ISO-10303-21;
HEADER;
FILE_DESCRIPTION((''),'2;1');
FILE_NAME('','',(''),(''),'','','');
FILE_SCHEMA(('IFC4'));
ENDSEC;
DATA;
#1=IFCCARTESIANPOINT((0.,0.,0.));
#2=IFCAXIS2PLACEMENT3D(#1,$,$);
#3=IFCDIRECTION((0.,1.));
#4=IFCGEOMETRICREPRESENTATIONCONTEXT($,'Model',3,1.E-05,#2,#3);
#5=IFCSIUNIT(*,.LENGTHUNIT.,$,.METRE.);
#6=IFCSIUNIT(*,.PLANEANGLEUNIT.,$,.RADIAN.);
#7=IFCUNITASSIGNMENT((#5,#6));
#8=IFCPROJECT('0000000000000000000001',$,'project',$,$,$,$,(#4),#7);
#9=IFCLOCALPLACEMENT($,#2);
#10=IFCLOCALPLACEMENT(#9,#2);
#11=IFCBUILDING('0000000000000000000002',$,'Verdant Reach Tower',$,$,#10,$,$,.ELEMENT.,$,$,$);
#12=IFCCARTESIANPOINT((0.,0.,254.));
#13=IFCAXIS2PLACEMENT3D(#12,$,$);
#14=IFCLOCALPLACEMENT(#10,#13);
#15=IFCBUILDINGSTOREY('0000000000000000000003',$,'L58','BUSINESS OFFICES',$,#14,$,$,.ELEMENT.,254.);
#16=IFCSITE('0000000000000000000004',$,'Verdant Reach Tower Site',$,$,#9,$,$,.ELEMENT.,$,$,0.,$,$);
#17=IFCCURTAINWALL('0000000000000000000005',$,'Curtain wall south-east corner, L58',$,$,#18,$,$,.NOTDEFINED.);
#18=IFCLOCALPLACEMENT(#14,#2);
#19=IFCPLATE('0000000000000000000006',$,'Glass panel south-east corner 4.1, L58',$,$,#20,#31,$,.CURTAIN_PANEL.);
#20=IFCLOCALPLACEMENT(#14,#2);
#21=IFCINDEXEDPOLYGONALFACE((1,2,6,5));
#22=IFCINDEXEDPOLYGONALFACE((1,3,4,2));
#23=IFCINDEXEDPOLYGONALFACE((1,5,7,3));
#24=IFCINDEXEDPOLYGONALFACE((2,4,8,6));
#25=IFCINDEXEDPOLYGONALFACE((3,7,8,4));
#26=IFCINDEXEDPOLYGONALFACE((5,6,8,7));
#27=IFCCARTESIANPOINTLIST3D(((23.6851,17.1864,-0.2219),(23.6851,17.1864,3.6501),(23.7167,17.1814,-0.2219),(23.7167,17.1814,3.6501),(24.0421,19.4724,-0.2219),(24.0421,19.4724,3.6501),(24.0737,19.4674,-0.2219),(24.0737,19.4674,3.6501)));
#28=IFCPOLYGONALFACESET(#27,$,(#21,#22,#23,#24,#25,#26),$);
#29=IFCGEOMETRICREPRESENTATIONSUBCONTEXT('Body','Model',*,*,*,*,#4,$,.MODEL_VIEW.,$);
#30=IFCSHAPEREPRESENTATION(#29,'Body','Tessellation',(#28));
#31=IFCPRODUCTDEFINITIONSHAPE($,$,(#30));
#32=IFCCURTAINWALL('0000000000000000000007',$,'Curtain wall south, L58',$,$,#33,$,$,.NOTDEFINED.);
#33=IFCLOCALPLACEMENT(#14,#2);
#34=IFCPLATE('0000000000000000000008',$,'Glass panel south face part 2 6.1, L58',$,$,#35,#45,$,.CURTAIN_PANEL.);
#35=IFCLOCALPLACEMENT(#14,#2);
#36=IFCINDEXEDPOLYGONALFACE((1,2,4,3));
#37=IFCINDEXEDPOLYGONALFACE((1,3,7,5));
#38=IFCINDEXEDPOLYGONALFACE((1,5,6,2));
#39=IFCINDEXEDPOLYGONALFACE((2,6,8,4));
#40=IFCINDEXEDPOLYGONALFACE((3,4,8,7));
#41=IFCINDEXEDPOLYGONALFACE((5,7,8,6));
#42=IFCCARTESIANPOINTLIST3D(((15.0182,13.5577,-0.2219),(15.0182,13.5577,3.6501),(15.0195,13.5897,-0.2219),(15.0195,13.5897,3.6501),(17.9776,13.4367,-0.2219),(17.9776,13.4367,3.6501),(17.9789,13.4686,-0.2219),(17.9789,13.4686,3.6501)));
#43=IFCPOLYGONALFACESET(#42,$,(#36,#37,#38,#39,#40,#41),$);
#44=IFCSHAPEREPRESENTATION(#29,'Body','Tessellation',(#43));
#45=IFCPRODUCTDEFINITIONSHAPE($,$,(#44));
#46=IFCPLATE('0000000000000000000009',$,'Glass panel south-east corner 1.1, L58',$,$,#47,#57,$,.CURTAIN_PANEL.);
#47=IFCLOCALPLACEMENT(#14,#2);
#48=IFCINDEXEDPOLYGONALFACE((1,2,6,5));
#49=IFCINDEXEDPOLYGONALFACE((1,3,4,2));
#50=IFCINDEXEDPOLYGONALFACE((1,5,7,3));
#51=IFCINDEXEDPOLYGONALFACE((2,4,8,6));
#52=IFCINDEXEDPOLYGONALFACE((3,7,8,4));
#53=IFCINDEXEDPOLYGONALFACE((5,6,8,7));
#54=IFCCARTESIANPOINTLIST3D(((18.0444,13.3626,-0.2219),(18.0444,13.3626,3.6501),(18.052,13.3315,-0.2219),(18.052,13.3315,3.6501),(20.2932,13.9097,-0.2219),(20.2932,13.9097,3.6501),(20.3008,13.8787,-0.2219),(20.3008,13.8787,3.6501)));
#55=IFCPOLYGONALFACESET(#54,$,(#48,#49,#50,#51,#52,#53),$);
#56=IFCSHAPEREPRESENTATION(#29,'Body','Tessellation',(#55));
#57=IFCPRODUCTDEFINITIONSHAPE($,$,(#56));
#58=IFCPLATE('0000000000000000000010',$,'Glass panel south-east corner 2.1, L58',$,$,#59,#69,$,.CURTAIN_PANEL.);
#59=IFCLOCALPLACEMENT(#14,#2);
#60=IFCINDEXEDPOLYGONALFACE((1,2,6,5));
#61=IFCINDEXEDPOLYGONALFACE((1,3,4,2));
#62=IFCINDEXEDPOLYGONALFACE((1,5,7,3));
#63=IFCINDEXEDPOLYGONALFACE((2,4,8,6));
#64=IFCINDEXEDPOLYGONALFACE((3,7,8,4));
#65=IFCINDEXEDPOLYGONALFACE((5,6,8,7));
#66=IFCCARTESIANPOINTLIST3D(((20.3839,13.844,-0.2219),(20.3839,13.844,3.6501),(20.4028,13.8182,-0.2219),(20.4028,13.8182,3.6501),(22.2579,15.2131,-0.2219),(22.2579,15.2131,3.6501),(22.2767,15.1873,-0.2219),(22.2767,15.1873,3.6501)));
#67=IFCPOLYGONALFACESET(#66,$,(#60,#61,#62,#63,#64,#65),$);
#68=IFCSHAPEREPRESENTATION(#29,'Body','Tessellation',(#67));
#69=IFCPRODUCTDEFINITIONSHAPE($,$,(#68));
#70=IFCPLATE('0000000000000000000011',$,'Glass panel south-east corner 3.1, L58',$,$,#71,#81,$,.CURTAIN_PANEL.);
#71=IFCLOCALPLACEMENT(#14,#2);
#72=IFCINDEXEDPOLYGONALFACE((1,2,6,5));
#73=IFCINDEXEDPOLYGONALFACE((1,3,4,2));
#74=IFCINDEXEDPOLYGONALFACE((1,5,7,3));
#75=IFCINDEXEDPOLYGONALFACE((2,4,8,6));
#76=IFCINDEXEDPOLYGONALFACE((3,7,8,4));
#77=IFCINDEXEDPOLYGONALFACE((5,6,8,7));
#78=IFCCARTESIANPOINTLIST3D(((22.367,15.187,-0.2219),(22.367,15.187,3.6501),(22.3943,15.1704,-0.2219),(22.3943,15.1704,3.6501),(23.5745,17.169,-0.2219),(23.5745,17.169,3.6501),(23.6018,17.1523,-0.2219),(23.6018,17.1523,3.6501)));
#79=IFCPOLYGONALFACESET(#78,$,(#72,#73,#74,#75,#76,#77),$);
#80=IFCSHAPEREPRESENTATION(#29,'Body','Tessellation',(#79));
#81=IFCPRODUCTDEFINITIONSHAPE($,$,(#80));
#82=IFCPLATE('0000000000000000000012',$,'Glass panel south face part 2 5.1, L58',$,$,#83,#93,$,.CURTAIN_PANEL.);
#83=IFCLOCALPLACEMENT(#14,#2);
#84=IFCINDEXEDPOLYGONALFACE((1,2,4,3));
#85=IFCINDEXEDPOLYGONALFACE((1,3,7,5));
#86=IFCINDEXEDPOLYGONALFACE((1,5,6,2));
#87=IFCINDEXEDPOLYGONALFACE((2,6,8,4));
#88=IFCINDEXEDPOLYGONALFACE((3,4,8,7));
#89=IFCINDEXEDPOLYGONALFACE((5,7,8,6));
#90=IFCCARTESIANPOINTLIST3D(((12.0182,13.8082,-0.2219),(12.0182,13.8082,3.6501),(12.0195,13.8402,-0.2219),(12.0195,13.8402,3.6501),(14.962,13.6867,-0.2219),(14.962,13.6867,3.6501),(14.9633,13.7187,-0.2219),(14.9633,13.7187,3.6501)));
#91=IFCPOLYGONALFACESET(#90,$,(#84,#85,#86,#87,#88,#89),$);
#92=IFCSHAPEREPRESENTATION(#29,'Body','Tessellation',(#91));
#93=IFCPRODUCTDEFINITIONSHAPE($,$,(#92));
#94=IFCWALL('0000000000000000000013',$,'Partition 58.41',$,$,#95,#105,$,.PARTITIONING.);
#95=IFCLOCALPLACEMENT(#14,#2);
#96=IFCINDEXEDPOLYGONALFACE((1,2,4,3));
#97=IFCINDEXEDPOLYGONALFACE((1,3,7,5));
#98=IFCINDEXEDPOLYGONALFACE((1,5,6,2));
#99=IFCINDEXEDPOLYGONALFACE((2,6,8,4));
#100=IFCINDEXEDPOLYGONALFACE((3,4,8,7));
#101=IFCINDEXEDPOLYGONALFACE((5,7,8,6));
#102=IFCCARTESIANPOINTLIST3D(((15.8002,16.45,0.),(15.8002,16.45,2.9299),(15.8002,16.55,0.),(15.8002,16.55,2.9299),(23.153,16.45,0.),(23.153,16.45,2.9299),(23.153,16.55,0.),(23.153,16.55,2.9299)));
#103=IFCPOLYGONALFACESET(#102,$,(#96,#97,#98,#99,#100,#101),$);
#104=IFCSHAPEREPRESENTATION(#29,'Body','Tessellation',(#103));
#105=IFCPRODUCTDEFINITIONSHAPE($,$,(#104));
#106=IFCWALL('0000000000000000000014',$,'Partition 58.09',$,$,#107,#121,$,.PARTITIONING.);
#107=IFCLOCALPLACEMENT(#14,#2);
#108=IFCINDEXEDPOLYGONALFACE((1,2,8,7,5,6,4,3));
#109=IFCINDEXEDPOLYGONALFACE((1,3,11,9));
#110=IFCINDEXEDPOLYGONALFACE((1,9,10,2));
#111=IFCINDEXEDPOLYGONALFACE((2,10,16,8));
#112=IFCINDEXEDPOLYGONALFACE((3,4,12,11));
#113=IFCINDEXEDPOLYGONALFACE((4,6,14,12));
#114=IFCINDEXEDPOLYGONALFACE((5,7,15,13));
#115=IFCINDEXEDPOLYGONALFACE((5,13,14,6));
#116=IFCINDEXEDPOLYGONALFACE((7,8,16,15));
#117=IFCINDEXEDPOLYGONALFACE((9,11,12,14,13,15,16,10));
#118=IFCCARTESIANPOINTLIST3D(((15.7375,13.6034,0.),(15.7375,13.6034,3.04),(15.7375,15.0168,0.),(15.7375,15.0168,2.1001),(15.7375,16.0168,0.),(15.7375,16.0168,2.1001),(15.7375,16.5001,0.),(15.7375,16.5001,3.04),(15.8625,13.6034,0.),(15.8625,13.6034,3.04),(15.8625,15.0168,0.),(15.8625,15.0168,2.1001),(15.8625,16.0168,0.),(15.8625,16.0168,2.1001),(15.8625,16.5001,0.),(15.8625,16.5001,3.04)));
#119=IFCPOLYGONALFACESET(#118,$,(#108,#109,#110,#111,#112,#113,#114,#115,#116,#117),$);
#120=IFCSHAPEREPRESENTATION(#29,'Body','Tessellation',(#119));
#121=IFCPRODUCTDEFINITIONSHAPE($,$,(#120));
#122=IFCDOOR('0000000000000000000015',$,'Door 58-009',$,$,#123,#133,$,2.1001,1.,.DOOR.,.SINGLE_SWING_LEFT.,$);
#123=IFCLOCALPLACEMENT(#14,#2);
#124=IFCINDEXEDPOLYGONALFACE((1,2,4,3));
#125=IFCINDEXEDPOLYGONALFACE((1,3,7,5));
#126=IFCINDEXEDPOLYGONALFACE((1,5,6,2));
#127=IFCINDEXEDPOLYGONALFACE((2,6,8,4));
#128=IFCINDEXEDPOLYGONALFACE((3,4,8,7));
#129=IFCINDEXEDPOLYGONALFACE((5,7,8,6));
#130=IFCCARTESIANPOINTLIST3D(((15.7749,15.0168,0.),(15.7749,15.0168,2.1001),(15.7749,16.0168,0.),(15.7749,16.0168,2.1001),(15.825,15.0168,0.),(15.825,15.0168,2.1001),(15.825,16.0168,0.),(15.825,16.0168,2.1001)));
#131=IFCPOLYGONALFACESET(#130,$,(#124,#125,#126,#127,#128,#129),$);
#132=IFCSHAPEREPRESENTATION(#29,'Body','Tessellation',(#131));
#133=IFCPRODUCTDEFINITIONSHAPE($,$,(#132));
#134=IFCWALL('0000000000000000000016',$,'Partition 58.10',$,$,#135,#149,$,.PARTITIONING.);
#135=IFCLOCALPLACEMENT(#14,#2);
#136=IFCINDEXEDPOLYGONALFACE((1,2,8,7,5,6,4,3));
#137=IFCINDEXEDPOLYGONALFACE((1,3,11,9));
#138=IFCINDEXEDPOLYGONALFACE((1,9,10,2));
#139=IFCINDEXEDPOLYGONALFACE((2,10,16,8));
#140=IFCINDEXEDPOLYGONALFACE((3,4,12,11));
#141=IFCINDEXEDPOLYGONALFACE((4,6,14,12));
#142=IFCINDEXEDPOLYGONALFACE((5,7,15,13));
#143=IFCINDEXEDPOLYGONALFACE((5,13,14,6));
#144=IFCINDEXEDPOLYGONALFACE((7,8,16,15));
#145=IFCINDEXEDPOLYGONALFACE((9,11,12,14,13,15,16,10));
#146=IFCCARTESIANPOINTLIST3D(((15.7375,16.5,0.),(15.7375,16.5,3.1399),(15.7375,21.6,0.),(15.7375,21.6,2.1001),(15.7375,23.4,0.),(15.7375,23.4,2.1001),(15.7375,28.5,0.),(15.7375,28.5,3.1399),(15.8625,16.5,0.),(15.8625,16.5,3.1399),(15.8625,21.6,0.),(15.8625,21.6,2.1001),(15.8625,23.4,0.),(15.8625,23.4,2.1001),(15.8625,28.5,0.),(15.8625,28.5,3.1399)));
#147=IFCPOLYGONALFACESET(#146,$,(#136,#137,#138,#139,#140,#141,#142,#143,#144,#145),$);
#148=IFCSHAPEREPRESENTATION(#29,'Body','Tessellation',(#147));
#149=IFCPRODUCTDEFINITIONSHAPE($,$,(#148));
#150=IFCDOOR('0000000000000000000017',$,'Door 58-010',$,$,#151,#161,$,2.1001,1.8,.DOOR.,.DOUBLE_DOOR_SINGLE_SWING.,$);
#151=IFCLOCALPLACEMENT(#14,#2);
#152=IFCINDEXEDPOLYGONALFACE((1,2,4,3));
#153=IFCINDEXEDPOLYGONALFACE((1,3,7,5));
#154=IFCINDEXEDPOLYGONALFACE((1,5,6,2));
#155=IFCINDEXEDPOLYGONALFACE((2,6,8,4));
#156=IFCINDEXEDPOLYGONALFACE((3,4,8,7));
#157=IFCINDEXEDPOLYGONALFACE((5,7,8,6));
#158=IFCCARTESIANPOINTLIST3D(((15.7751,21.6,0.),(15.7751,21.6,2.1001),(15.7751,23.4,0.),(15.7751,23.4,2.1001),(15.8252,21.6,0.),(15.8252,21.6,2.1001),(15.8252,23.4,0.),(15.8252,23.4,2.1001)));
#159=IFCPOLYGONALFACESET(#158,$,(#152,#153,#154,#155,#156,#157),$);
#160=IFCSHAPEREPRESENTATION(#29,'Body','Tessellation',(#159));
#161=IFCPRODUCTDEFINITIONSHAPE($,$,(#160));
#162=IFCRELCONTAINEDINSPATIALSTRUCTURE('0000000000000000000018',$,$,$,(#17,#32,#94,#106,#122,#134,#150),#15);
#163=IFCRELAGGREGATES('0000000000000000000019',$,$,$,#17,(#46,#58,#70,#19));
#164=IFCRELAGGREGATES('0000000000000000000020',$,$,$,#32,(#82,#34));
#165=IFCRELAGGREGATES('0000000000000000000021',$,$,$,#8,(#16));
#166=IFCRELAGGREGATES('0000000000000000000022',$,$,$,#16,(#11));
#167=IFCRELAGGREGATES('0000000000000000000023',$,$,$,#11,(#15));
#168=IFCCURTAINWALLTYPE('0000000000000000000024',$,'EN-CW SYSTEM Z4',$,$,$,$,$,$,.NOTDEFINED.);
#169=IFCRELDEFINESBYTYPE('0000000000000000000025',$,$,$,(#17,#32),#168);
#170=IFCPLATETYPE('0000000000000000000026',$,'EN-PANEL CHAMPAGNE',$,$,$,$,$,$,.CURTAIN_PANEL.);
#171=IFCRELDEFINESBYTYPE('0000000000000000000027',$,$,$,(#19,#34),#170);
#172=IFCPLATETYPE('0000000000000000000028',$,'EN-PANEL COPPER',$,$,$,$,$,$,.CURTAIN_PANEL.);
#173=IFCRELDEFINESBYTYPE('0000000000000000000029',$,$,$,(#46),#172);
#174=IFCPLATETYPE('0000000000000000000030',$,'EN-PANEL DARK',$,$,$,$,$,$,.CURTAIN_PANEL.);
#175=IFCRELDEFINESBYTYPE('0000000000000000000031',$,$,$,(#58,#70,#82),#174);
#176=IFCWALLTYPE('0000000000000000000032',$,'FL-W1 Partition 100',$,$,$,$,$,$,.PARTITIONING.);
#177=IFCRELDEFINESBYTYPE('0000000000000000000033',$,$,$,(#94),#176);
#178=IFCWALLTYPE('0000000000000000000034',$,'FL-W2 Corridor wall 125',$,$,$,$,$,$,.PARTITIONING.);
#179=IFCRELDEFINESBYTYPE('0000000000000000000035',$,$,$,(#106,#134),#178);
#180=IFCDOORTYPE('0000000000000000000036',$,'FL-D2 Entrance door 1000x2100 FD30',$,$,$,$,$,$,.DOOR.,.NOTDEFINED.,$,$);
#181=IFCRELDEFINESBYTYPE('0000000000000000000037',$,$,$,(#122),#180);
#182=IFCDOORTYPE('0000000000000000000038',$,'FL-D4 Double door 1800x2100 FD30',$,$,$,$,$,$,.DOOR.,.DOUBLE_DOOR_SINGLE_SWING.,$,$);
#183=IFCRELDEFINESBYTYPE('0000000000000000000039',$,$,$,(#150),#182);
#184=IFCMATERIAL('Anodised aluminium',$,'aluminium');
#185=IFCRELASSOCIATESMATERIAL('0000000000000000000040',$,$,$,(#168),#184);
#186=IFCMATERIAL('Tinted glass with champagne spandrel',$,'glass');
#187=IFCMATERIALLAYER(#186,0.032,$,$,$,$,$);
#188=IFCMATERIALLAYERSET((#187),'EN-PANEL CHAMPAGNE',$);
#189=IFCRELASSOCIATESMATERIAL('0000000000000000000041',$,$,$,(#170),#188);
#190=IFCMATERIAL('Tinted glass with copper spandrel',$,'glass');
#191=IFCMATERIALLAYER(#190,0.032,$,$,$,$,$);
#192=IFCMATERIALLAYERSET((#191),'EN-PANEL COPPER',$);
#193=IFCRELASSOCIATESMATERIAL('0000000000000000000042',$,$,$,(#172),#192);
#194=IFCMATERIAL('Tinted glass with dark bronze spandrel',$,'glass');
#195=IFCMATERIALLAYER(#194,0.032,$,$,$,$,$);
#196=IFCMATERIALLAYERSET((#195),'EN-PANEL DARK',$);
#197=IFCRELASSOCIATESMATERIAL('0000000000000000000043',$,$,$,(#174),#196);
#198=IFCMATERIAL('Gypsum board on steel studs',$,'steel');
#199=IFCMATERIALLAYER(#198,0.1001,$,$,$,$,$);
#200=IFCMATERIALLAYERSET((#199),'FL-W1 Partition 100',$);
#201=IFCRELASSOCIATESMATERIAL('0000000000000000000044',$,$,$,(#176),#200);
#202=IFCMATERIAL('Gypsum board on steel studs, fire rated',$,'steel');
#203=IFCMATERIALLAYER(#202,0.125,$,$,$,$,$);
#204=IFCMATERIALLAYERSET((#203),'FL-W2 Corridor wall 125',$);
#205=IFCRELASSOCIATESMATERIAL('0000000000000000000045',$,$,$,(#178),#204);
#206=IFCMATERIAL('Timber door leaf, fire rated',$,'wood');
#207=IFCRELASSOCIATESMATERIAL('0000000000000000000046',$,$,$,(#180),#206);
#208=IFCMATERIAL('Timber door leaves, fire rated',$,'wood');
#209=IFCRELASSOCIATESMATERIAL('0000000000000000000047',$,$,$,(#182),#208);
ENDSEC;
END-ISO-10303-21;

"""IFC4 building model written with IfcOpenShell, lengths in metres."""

from ifc_helpers import new_model, si_unit, direction, frame, frame_2d, origin, origin_2d, place, context, subcontext, project, spatial, rectangle, extrude, material, layer, layer_set, type_object, element, fill, aggregate, save


model = new_model("IFC4")

# Units and contexts
model_context = context("Model", 3, precision=1e-05, world=origin(), true_north=direction((0.0, 1.0)))
body_context = subcontext(model_context, "Body", "Model", "MODEL_VIEW")
ifc_project = project(units=[si_unit("LENGTHUNIT", "METRE"), si_unit("PLANEANGLEUNIT", "RADIAN")], contexts=[model_context])

# Site, building, storey
site_placement = place(None, origin())
site = spatial("IfcSite", under=ifc_project, at=site_placement, Name="Verdant Reach Tower Site", CompositionType="ELEMENT", RefElevation=0.0)
building_placement = place(site_placement, origin())
building = spatial("IfcBuilding", under=site, at=building_placement, Name="Verdant Reach Tower", CompositionType="ELEMENT")
storey_placement = place(building_placement, frame((0.0, 0.0, 254.0)))
storey = spatial("IfcBuildingStorey", under=building, at=storey_placement, Name="L58", Description="BUSINESS OFFICES", CompositionType="ELEMENT", Elevation=254.0)

# Curtain walls, plates
ifc_material_1 = material(Name="Anodised aluminium", Category="aluminium")
curtain_wall_type = type_object("IfcCurtainWallType", Name="EN-CW SYSTEM Z4", PredefinedType="NOTDEFINED", material=ifc_material_1)
curtain_wall_1_placement = place(storey_placement, origin())
curtain_wall_1 = element("IfcCurtainWall", 1, at=curtain_wall_1_placement, inside=storey, type_object=curtain_wall_type, Name="Curtain wall south-east corner, L58", PredefinedType="NOTDEFINED")
ifc_material_2 = material(Name="Tinted glass with champagne spandrel", Category="glass")
ifc_layer_1 = layer(ifc_material_2, 0.032)
ifc_layer_set_1 = layer_set([ifc_layer_1], Name="EN-PANEL CHAMPAGNE")
plate_type_1 = type_object("IfcPlateType", Name="EN-PANEL CHAMPAGNE", PredefinedType="CURTAIN_PANEL", material=ifc_layer_set_1)
plate_1_placement = place(storey_placement, frame((23.8794, 18.3269, -0.2219), z_axis=(0.0, 0.0, 1.0), x_axis=(0.154325, 0.98802, 0.0)))
plate_1 = element("IfcPlate", 2, at=plate_1_placement, type_object=plate_type_1, Name="Glass panel south-east corner 4.1, L58", PredefinedType="CURTAIN_PANEL", context=body_context, shape_type="SweptSolid", body=[
    extrude(rectangle(XDim=2.3137, YDim=0.032, at=origin_2d()), origin(), (0.0, 0.0, 1.0), 3.8721),
])
curtain_wall_2_placement = place(storey_placement, origin())
curtain_wall_2 = element("IfcCurtainWall", 3, at=curtain_wall_2_placement, inside=storey, type_object=curtain_wall_type, Name="Curtain wall south, L58", PredefinedType="NOTDEFINED")
plate_2_placement = place(storey_placement, frame((16.4985, 13.5132, -0.2219), z_axis=(0.0, 0.0, 1.0), x_axis=(0.999164, -0.040881, 0.0)))
plate_2 = element("IfcPlate", 4, at=plate_2_placement, type_object=plate_type_1, Name="Glass panel south face part 2 6.1, L58", PredefinedType="CURTAIN_PANEL", context=body_context, shape_type="SweptSolid", body=[
    extrude(rectangle(XDim=2.9619, YDim=0.032, at=origin_2d()), origin(), (0.0, 0.0, 1.0), 3.8721),
])

# Plates
ifc_material_3 = material(Name="Tinted glass with copper spandrel", Category="glass")
ifc_layer_2 = layer(ifc_material_3, 0.032)
ifc_layer_set_2 = layer_set([ifc_layer_2], Name="EN-PANEL COPPER")
plate_type_2 = type_object("IfcPlateType", Name="EN-PANEL COPPER", PredefinedType="CURTAIN_PANEL", material=ifc_layer_set_2)
plate_3_placement = place(storey_placement, frame((19.1726, 13.6206, -0.2219), z_axis=(0.0, 0.0, 1.0), x_axis=(0.971652, 0.236414, 0.0)))
plate_3 = element("IfcPlate", 5, at=plate_3_placement, type_object=plate_type_2, Name="Glass panel south-east corner 1.1, L58", PredefinedType="CURTAIN_PANEL", context=body_context, shape_type="SweptSolid", body=[
    extrude(rectangle(XDim=2.3145, YDim=0.032, at=origin_2d()), origin(), (0.0, 0.0, 1.0), 3.8721),
])
ifc_material_4 = material(Name="Tinted glass with dark bronze spandrel", Category="glass")
ifc_layer_3 = layer(ifc_material_4, 0.032)
ifc_layer_set_3 = layer_set([ifc_layer_3], Name="EN-PANEL DARK")
plate_type_3 = type_object("IfcPlateType", Name="EN-PANEL DARK", PredefinedType="CURTAIN_PANEL", material=ifc_layer_set_3)
plate_4_placement = place(storey_placement, frame((21.3303, 14.5156, -0.2219), z_axis=(0.0, 0.0, 1.0), x_axis=(0.807457, 0.589927, 0.0)))
plate_4 = element("IfcPlate", 6, at=plate_4_placement, type_object=plate_type_3, Name="Glass panel south-east corner 2.1, L58", PredefinedType="CURTAIN_PANEL", context=body_context, shape_type="SweptSolid", body=[
    extrude(rectangle(XDim=2.3208, YDim=0.032, at=origin_2d()), origin(), (0.0, 0.0, 1.0), 3.8721),
])
plate_5_placement = place(storey_placement, frame((22.9844, 16.1697, -0.2219), z_axis=(0.0, 0.0, 1.0), x_axis=(0.520292, 0.853989, 0.0)))
plate_5 = element("IfcPlate", 7, at=plate_5_placement, type_object=plate_type_3, Name="Glass panel south-east corner 3.1, L58", PredefinedType="CURTAIN_PANEL", context=body_context, shape_type="SweptSolid", body=[
    extrude(rectangle(XDim=2.3208, YDim=0.032, at=origin_2d()), origin(), (0.0, 0.0, 1.0), 3.8721),
])
aggregate(curtain_wall_1, [plate_3, plate_4, plate_5, plate_1])
plate_6_placement = place(storey_placement, frame((13.4907, 13.7634, -0.2219), z_axis=(0.0, 0.0, 1.0), x_axis=(0.999149, -0.041242, 0.0)))
plate_6 = element("IfcPlate", 8, at=plate_6_placement, type_object=plate_type_3, Name="Glass panel south face part 2 5.1, L58", PredefinedType="CURTAIN_PANEL", context=body_context, shape_type="SweptSolid", body=[
    extrude(rectangle(XDim=2.9463, YDim=0.032, at=origin_2d()), origin(), (0.0, 0.0, 1.0), 3.8721),
])
aggregate(curtain_wall_2, [plate_6, plate_2])

# Wall
ifc_material_5 = material(Name="Gypsum board on steel studs", Category="steel")
ifc_layer_4 = layer(ifc_material_5, 0.1001)
ifc_layer_set_4 = layer_set([ifc_layer_4], Name="FL-W1 Partition 100")
wall_type_1 = type_object("IfcWallType", Name="FL-W1 Partition 100", PredefinedType="PARTITIONING", material=ifc_layer_set_4)
wall_1_placement = place(storey_placement, frame((23.1528, 16.5, 0.0), z_axis=(0.0, 0.0, 1.0), x_axis=(-1.0, 0.0, 0.0)))
element("IfcWall", 9, at=wall_1_placement, inside=storey, type_object=wall_type_1, Name="Partition 58.41", PredefinedType="PARTITIONING", context=body_context, shape_type="SweptSolid", body=[
    extrude(rectangle(XDim=7.3528, YDim=0.1001, at=frame_2d((3.6763, 0.0))), origin(), (0.0, 0.0, 1.0), 2.9299),
])

# Walls, openings, doors
ifc_material_6 = material(Name="Gypsum board on steel studs, fire rated", Category="steel")
ifc_layer_5 = layer(ifc_material_6, 0.125)
ifc_layer_set_5 = layer_set([ifc_layer_5], Name="FL-W2 Corridor wall 125")
wall_type_2 = type_object("IfcWallType", Name="FL-W2 Corridor wall 125", PredefinedType="PARTITIONING", material=ifc_layer_set_5)
wall_2_placement = place(storey_placement, frame((15.8, 16.5, 0.0), z_axis=(0.0, 0.0, 1.0), x_axis=(0.0, -1.0, 0.0)))
wall_2 = element("IfcWall", 10, at=wall_2_placement, inside=storey, type_object=wall_type_2, Name="Partition 58.09", PredefinedType="PARTITIONING", context=body_context, shape_type="SweptSolid", body=[
    extrude(rectangle(XDim=2.8967, YDim=0.125, at=frame_2d((1.4482, 0.0))), origin(), (0.0, 0.0, 1.0), 3.04),
])
opening_1_placement = place(wall_2_placement, frame((0.4832, 0.0, 0.0)))
opening_1 = element("IfcOpeningElement", 11, at=opening_1_placement, cuts=wall_2, PredefinedType="OPENING", context=body_context, shape_type="SweptSolid", body=[
    extrude(rectangle(XDim=1.0, YDim=2.1001, at=frame_2d((0.5, 1.05))), frame((0.0, 0.0725, 0.0), z_axis=(0.0, -1.0, 0.0), x_axis=(1.0, 0.0, 0.0)), (0.0, 0.0, 1.0), 0.145),
])
ifc_material_7 = material(Name="Timber door leaf, fire rated", Category="wood")
door_type_1 = type_object("IfcDoorType", Name="FL-D2 Entrance door 1000x2100 FD30", OperationType="NOTDEFINED", PredefinedType="DOOR", material=ifc_material_7)
door_1_placement = place(opening_1_placement, origin())
door_1 = element("IfcDoor", 12, at=door_1_placement, inside=storey, type_object=door_type_1, Name="Door 58-009", OperationType="SINGLE_SWING_LEFT", OverallHeight=2.1001, OverallWidth=1.0, PredefinedType="DOOR", context=body_context, shape_type="SweptSolid", body=[
    extrude(rectangle(XDim=1.0, YDim=2.1001, at=frame_2d((0.5, 1.05))), frame((0.0, 0.0249, 0.0), z_axis=(0.0, -1.0, 0.0), x_axis=(1.0, 0.0, 0.0)), (0.0, 0.0, 1.0), 0.05),
])
fill(opening_1, door_1)
wall_3_placement = place(storey_placement, frame((15.8, 16.5, 0.0), z_axis=(0.0, 0.0, 1.0), x_axis=(0.0, 1.0, 0.0)))
wall_3 = element("IfcWall", 13, at=wall_3_placement, inside=storey, type_object=wall_type_2, Name="Partition 58.10", PredefinedType="PARTITIONING", context=body_context, shape_type="SweptSolid", body=[
    extrude(rectangle(XDim=12.0, YDim=0.125, at=frame_2d((6.0, 0.0))), origin(), (0.0, 0.0, 1.0), 3.1399),
])
opening_2_placement = place(wall_3_placement, frame((5.1001, 0.0, 0.0)))
opening_2 = element("IfcOpeningElement", 14, at=opening_2_placement, cuts=wall_3, PredefinedType="OPENING", context=body_context, shape_type="SweptSolid", body=[
    extrude(rectangle(XDim=1.8, YDim=2.1001, at=frame_2d((0.8999, 1.05))), frame((0.0, 0.0725, 0.0), z_axis=(0.0, -1.0, 0.0), x_axis=(1.0, 0.0, 0.0)), (0.0, 0.0, 1.0), 0.145),
])
ifc_material_8 = material(Name="Timber door leaves, fire rated", Category="wood")
door_type_2 = type_object("IfcDoorType", Name="FL-D4 Double door 1800x2100 FD30", OperationType="DOUBLE_DOOR_SINGLE_SWING", PredefinedType="DOOR", material=ifc_material_8)
door_2_placement = place(opening_2_placement, origin())
door_2 = element("IfcDoor", 15, at=door_2_placement, inside=storey, type_object=door_type_2, Name="Door 58-010", OperationType="DOUBLE_DOOR_SINGLE_SWING", OverallHeight=2.1001, OverallWidth=1.8, PredefinedType="DOOR", context=body_context, shape_type="SweptSolid", body=[
    extrude(rectangle(XDim=1.8, YDim=2.1001, at=frame_2d((0.8999, 1.05))), frame((0.0, 0.0249, 0.0), z_axis=(0.0, -1.0, 0.0), x_axis=(1.0, 0.0, 0.0)), (0.0, 0.0, 1.0), 0.05),
])
fill(opening_2, door_2)

save(model, "model.ifc")
